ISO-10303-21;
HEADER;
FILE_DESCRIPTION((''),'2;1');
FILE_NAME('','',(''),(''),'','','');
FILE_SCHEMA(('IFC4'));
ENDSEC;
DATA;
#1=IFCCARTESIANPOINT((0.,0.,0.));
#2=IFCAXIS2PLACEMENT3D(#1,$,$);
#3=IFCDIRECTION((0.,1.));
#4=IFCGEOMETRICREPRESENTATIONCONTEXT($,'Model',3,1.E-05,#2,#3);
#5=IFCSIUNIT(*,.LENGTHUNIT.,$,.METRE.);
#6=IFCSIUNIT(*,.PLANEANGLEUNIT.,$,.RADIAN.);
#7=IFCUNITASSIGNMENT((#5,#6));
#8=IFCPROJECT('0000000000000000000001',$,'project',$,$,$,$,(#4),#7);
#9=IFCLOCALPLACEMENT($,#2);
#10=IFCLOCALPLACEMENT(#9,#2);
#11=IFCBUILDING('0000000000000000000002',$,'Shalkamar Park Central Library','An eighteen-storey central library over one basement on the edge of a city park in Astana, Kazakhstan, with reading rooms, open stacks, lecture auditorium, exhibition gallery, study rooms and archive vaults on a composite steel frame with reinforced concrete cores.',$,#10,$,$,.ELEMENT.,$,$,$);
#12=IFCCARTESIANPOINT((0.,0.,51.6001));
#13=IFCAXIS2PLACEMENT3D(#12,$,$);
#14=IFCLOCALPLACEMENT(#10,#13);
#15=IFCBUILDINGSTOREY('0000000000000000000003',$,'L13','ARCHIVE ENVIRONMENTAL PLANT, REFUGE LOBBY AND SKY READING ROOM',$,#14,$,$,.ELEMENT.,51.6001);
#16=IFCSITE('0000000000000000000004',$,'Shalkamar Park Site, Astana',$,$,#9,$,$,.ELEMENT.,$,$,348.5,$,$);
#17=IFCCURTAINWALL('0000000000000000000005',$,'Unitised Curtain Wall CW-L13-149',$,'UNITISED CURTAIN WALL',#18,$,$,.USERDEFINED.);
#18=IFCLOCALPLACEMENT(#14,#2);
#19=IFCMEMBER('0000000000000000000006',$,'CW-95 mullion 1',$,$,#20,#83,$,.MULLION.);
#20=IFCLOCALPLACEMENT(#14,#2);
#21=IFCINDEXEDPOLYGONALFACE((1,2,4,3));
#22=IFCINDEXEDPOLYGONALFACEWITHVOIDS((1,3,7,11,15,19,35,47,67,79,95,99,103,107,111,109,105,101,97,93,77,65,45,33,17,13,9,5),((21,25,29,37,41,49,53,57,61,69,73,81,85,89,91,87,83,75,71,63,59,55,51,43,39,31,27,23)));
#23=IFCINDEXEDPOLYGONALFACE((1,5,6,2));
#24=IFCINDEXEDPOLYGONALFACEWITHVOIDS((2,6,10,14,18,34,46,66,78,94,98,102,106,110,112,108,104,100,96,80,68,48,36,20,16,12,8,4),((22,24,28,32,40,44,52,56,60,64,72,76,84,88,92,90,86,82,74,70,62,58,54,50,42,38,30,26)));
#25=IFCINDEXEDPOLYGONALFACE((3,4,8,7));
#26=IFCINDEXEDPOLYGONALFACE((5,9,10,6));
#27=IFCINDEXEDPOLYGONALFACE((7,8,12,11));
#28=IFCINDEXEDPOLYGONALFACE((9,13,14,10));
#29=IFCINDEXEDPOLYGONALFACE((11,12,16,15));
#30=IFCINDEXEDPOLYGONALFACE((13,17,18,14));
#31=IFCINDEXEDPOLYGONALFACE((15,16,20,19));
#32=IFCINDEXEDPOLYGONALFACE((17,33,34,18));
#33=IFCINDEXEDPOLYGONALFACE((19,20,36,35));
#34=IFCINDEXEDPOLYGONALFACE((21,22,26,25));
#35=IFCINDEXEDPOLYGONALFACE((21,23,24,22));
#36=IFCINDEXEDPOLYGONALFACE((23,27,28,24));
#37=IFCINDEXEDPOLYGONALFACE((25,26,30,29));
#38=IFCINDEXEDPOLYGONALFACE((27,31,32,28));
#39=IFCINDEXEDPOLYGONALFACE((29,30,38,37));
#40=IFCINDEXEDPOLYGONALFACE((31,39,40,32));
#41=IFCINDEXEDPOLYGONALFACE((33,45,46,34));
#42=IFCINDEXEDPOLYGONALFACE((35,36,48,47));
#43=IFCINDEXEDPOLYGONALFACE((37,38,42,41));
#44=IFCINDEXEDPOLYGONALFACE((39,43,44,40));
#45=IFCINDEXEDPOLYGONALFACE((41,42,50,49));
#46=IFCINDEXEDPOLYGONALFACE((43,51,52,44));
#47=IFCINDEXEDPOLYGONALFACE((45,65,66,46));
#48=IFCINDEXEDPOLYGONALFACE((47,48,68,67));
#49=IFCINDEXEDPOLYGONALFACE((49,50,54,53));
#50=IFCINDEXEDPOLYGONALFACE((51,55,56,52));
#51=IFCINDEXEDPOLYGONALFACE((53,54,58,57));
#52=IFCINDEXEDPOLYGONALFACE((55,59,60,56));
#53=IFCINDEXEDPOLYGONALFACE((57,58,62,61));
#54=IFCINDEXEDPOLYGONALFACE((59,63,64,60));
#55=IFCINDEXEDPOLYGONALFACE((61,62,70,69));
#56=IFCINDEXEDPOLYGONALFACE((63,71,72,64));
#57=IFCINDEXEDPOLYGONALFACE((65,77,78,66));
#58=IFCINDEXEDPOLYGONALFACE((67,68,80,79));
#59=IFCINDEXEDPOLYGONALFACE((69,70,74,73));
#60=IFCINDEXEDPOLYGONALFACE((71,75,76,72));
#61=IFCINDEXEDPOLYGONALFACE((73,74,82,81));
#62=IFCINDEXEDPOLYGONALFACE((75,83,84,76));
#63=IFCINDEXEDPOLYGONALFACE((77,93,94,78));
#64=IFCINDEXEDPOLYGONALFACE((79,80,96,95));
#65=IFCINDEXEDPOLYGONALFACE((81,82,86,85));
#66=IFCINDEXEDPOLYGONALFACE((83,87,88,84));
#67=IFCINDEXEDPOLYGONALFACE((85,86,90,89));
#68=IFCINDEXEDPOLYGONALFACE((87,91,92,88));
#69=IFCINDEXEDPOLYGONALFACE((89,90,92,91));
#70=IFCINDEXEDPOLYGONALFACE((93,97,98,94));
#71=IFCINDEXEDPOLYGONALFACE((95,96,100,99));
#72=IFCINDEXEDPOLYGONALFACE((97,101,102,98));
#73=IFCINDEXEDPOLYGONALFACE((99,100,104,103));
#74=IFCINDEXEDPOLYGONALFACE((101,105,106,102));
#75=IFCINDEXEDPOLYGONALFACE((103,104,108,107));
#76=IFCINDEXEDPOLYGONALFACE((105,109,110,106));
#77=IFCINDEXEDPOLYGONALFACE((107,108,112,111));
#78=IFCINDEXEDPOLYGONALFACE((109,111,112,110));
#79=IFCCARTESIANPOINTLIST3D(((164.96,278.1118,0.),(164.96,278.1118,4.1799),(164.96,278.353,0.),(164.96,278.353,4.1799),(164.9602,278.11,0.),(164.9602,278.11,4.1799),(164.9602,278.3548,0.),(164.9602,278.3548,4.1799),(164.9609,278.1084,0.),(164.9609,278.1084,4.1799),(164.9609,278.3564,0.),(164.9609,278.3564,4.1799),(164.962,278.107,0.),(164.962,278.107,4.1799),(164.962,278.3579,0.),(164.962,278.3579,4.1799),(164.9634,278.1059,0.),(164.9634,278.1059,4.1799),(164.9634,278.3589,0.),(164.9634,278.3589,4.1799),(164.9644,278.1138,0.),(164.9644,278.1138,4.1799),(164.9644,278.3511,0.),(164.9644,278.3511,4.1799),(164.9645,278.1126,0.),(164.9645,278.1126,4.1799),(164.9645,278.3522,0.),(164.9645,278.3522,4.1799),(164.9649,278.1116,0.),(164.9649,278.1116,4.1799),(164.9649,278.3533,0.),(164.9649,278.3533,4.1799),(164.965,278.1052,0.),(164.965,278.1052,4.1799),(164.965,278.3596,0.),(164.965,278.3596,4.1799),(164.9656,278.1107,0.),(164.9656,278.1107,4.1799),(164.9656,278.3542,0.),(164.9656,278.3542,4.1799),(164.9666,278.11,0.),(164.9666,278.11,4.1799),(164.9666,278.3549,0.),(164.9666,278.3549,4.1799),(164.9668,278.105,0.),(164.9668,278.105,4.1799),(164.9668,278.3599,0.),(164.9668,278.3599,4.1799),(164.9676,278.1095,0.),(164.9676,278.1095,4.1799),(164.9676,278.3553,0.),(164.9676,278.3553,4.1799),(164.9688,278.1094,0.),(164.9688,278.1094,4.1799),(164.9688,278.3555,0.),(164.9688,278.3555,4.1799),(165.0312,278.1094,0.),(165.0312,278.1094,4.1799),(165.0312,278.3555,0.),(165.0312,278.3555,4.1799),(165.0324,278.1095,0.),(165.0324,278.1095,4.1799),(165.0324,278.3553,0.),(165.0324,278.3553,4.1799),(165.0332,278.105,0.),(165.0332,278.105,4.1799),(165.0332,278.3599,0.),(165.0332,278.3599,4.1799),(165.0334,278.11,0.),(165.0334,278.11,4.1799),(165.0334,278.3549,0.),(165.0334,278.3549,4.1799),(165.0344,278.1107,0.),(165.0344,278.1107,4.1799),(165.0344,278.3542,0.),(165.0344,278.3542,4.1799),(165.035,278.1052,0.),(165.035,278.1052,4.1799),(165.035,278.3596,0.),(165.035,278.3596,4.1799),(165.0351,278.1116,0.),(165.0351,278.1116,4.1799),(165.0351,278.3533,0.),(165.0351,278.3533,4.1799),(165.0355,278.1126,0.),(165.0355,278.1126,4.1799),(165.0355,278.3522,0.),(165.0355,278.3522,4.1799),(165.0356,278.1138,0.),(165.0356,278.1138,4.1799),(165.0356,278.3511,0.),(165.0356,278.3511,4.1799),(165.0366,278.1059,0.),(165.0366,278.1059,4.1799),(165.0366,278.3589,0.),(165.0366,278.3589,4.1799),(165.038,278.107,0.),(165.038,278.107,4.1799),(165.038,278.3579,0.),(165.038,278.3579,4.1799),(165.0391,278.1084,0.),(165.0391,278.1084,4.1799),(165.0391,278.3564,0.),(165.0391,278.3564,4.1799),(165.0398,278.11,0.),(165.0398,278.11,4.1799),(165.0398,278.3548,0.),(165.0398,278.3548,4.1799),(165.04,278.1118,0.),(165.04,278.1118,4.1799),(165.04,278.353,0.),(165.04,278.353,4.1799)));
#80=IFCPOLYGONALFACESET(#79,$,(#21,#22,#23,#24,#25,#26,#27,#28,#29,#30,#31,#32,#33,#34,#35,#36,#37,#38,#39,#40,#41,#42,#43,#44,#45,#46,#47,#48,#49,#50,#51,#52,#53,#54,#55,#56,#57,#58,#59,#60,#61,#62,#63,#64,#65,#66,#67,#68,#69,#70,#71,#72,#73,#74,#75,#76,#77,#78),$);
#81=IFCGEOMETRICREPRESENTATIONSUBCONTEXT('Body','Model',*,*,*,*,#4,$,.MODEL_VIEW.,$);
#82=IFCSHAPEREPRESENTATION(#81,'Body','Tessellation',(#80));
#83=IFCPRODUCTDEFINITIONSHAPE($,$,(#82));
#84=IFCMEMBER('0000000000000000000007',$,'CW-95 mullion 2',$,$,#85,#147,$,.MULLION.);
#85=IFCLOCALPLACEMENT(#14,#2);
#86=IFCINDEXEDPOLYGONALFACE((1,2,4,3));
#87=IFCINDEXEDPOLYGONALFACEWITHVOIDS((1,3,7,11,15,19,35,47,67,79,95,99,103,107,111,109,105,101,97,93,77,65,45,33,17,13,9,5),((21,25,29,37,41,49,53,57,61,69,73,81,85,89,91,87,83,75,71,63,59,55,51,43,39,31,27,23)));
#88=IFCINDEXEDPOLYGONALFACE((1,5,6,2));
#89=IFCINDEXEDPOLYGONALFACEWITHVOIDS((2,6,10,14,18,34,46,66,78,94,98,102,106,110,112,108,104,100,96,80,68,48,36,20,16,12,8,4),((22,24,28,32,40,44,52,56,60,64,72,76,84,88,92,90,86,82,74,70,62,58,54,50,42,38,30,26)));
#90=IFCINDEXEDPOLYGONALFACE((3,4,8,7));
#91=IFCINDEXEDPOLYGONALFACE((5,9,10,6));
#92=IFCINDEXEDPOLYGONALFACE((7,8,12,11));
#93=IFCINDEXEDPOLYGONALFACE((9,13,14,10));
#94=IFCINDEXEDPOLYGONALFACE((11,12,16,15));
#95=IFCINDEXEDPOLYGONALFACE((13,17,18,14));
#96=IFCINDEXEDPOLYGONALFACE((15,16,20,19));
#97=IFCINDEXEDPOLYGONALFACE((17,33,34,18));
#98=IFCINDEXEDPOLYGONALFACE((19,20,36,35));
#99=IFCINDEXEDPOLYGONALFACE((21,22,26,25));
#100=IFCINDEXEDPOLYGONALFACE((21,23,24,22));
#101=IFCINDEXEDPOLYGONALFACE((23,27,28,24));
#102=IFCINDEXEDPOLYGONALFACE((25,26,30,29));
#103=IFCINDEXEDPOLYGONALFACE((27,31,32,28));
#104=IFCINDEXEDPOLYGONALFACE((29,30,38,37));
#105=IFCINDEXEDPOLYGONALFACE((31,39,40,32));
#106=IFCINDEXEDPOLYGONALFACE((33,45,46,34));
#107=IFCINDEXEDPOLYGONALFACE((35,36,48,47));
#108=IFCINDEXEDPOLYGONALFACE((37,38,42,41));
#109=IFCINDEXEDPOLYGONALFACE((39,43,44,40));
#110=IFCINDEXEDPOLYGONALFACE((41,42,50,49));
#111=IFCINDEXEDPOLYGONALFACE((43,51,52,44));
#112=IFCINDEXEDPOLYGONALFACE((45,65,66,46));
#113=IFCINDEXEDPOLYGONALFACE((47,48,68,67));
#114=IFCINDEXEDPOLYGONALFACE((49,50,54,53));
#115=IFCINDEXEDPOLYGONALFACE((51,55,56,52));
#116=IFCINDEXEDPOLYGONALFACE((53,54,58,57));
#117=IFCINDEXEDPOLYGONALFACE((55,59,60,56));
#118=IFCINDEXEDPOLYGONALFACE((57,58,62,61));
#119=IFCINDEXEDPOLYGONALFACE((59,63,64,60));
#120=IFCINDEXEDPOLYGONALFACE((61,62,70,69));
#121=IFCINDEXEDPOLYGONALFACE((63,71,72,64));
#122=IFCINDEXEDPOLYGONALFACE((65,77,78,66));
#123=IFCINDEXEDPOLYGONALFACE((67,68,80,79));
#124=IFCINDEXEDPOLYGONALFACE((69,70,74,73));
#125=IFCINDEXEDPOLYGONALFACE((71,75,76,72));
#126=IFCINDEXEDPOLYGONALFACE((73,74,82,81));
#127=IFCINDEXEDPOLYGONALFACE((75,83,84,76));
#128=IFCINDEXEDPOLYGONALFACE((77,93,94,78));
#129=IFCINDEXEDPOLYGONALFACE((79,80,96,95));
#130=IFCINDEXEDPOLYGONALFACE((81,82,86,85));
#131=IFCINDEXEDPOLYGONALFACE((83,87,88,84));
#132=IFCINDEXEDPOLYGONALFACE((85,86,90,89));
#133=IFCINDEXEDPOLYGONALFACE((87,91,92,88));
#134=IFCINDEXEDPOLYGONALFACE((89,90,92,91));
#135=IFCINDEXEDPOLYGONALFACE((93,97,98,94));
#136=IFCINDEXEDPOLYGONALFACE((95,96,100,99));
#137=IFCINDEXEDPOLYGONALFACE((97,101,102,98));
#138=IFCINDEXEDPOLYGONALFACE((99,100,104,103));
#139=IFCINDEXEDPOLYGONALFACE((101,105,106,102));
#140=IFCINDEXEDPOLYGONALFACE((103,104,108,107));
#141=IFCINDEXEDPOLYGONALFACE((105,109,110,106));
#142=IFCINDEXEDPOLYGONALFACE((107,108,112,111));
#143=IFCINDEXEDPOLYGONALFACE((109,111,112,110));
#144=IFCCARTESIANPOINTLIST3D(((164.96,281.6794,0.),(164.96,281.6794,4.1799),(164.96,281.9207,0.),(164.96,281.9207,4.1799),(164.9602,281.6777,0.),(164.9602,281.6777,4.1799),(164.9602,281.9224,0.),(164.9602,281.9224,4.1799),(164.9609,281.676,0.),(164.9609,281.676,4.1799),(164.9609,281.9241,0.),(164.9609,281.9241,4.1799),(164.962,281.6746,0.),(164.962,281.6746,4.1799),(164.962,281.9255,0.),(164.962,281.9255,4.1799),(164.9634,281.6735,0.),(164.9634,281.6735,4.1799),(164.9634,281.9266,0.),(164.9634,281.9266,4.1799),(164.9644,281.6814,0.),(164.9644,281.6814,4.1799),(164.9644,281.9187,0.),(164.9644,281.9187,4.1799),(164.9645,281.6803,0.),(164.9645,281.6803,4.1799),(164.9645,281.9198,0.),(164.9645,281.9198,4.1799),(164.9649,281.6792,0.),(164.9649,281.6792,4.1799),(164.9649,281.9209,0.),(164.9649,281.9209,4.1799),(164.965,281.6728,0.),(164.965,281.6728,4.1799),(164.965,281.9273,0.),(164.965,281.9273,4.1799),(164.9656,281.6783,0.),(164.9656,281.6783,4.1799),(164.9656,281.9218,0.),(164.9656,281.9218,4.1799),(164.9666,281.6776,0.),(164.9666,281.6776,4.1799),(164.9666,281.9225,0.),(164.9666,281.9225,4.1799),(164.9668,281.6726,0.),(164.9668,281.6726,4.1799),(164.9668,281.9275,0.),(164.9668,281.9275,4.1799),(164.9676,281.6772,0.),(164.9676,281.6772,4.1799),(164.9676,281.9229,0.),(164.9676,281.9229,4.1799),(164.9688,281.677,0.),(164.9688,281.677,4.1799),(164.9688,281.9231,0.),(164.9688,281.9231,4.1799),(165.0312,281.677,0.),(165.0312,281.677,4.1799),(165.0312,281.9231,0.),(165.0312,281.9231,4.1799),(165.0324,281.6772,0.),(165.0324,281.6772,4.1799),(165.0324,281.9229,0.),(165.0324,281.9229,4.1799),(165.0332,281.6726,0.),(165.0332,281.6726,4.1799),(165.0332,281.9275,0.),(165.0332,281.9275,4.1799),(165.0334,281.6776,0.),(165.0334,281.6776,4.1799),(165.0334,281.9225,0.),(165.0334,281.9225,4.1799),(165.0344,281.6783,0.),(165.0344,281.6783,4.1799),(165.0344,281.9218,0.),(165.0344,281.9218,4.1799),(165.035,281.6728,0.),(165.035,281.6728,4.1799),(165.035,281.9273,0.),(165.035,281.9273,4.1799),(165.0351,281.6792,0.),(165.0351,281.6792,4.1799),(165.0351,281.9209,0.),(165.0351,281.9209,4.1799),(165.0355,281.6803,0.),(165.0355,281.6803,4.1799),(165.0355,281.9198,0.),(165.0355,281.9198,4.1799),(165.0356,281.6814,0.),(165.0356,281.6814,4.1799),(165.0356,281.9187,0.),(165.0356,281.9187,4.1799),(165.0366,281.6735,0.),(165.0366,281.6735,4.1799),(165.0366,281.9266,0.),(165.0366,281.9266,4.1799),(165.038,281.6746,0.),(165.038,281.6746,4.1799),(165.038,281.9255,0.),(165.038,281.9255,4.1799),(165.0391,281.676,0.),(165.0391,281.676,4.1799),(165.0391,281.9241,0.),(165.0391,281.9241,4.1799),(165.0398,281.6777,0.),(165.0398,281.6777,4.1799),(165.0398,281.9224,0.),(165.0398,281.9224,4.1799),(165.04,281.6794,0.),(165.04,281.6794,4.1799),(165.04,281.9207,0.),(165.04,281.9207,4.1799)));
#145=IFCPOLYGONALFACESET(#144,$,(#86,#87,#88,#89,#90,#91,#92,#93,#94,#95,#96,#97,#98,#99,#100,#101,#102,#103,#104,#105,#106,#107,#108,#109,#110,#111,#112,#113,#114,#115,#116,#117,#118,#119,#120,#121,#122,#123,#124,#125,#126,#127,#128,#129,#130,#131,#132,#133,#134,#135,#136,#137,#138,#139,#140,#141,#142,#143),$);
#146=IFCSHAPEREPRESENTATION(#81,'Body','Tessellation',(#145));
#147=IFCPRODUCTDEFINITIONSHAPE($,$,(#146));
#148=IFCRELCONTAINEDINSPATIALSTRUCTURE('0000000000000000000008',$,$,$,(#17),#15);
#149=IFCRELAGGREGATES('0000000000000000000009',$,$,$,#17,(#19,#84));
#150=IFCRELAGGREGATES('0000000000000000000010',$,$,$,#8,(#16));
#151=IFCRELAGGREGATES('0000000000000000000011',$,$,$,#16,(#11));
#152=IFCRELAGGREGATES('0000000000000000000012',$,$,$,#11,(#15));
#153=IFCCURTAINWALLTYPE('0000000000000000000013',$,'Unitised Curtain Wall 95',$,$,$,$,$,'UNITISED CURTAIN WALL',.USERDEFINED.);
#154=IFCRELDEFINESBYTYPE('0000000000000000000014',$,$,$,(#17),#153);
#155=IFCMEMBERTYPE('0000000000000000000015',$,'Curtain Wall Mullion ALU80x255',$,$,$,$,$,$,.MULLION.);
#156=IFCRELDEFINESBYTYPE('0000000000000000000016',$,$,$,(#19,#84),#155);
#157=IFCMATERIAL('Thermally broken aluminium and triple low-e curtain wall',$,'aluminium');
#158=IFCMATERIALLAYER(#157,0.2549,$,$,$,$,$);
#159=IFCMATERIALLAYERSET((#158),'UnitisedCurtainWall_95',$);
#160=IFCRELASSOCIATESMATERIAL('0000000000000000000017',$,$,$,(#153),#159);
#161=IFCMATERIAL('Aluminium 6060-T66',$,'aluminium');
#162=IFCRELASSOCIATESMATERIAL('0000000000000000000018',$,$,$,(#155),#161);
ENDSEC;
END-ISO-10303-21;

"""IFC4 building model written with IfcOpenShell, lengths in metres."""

from ifc_helpers import new_model, si_unit, direction, frame, origin, origin_2d, place, context, subcontext, project, spatial, hollow_rectangle, extrude, material, layer, layer_set, material_profile, profile_set, type_object, element, aggregate, save


model = new_model("IFC4")

# Units and contexts
model_context = context("Model", 3, precision=1e-05, world=origin(), true_north=direction((0.0, 1.0)))
body_context = subcontext(model_context, "Body", "Model", "MODEL_VIEW")
ifc_project = project(units=[si_unit("LENGTHUNIT", "METRE"), si_unit("PLANEANGLEUNIT", "RADIAN")], contexts=[model_context])

# Site, building, storey
site_placement = place(None, origin())
site = spatial("IfcSite", under=ifc_project, at=site_placement, Name="Shalkamar Park Site, Astana", CompositionType="ELEMENT", RefElevation=348.5)
building_placement = place(site_placement, origin())
building = spatial("IfcBuilding", under=site, at=building_placement, Name="Shalkamar Park Central Library", Description="An eighteen-storey central library over one basement on the edge of a city park in Astana, Kazakhstan, with reading rooms, open stacks, lecture auditorium, exhibition gallery, study rooms and archive vaults on a composite steel frame with reinforced concrete cores.", CompositionType="ELEMENT")
storey_placement = place(building_placement, frame((0.0, 0.0, 51.6001)))
storey = spatial("IfcBuildingStorey", under=building, at=storey_placement, Name="L13", Description="ARCHIVE ENVIRONMENTAL PLANT, REFUGE LOBBY AND SKY READING ROOM", CompositionType="ELEMENT", Elevation=51.6001)

# Curtain wall, members
ifc_material_1 = material(Name="Thermally broken aluminium and triple low-e curtain wall", Category="aluminium")
ifc_layer_1 = layer(ifc_material_1, 0.2549)
ifc_layer_set_1 = layer_set([ifc_layer_1], Name="UnitisedCurtainWall_95")
curtain_wall_type = type_object("IfcCurtainWallType", Name="Unitised Curtain Wall 95", ElementType="UNITISED CURTAIN WALL", PredefinedType="USERDEFINED", material=ifc_layer_set_1)
curtain_wall_placement = place(storey_placement, origin())
curtain_wall = element("IfcCurtainWall", 1, at=curtain_wall_placement, inside=storey, type_object=curtain_wall_type, Name="Unitised Curtain Wall CW-L13-149", ObjectType="UNITISED CURTAIN WALL", PredefinedType="USERDEFINED")
ifc_material_2 = material(Name="Aluminium 6060-T66", Category="aluminium")
ifc_material_profile_1 = material_profile(ifc_material_2, hollow_rectangle(XDim=0.0801, YDim=0.2549, WallThickness=0.0044, InnerFilletRadius=0.0044, OuterFilletRadius=0.0068, at=origin_2d()), Name="ALU 80x255x4.5")
ifc_profile_set_1 = profile_set([ifc_material_profile_1], Name="Aluminium 6060-T66")
member_type_1 = type_object("IfcMemberType", Name="Curtain Wall Mullion ALU80x255", PredefinedType="MULLION", material=ifc_profile_set_1)
member_1_placement = place(storey_placement, frame((165.0, 278.2324, 0.0), z_axis=(0.0, 0.0, 1.0), x_axis=(-1.0, 0.0, 0.0)))
member_1 = element("IfcMember", 2, at=member_1_placement, type_object=member_type_1, Name="CW-95 mullion 1", PredefinedType="MULLION", context=body_context, shape_type="SweptSolid", body=[
    extrude(hollow_rectangle(XDim=0.0801, YDim=0.2549, WallThickness=0.0044, InnerFilletRadius=0.0044, OuterFilletRadius=0.0068, at=origin_2d()), origin(), (0.0, 0.0, 1.0), 4.1799),
])
member_2_placement = place(storey_placement, frame((165.0, 281.8, 0.0), z_axis=(0.0, 0.0, 1.0), x_axis=(-1.0, 0.0, 0.0)))
member_2 = element("IfcMember", 3, at=member_2_placement, type_object=member_type_1, Name="CW-95 mullion 2", PredefinedType="MULLION", context=body_context, shape_type="SweptSolid", body=[
    extrude(hollow_rectangle(XDim=0.0801, YDim=0.2549, WallThickness=0.0044, InnerFilletRadius=0.0044, OuterFilletRadius=0.0068, at=origin_2d()), origin(), (0.0, 0.0, 1.0), 4.1799),
])

aggregate(curtain_wall, [member_1, member_2])

save(model, "model.ifc")
